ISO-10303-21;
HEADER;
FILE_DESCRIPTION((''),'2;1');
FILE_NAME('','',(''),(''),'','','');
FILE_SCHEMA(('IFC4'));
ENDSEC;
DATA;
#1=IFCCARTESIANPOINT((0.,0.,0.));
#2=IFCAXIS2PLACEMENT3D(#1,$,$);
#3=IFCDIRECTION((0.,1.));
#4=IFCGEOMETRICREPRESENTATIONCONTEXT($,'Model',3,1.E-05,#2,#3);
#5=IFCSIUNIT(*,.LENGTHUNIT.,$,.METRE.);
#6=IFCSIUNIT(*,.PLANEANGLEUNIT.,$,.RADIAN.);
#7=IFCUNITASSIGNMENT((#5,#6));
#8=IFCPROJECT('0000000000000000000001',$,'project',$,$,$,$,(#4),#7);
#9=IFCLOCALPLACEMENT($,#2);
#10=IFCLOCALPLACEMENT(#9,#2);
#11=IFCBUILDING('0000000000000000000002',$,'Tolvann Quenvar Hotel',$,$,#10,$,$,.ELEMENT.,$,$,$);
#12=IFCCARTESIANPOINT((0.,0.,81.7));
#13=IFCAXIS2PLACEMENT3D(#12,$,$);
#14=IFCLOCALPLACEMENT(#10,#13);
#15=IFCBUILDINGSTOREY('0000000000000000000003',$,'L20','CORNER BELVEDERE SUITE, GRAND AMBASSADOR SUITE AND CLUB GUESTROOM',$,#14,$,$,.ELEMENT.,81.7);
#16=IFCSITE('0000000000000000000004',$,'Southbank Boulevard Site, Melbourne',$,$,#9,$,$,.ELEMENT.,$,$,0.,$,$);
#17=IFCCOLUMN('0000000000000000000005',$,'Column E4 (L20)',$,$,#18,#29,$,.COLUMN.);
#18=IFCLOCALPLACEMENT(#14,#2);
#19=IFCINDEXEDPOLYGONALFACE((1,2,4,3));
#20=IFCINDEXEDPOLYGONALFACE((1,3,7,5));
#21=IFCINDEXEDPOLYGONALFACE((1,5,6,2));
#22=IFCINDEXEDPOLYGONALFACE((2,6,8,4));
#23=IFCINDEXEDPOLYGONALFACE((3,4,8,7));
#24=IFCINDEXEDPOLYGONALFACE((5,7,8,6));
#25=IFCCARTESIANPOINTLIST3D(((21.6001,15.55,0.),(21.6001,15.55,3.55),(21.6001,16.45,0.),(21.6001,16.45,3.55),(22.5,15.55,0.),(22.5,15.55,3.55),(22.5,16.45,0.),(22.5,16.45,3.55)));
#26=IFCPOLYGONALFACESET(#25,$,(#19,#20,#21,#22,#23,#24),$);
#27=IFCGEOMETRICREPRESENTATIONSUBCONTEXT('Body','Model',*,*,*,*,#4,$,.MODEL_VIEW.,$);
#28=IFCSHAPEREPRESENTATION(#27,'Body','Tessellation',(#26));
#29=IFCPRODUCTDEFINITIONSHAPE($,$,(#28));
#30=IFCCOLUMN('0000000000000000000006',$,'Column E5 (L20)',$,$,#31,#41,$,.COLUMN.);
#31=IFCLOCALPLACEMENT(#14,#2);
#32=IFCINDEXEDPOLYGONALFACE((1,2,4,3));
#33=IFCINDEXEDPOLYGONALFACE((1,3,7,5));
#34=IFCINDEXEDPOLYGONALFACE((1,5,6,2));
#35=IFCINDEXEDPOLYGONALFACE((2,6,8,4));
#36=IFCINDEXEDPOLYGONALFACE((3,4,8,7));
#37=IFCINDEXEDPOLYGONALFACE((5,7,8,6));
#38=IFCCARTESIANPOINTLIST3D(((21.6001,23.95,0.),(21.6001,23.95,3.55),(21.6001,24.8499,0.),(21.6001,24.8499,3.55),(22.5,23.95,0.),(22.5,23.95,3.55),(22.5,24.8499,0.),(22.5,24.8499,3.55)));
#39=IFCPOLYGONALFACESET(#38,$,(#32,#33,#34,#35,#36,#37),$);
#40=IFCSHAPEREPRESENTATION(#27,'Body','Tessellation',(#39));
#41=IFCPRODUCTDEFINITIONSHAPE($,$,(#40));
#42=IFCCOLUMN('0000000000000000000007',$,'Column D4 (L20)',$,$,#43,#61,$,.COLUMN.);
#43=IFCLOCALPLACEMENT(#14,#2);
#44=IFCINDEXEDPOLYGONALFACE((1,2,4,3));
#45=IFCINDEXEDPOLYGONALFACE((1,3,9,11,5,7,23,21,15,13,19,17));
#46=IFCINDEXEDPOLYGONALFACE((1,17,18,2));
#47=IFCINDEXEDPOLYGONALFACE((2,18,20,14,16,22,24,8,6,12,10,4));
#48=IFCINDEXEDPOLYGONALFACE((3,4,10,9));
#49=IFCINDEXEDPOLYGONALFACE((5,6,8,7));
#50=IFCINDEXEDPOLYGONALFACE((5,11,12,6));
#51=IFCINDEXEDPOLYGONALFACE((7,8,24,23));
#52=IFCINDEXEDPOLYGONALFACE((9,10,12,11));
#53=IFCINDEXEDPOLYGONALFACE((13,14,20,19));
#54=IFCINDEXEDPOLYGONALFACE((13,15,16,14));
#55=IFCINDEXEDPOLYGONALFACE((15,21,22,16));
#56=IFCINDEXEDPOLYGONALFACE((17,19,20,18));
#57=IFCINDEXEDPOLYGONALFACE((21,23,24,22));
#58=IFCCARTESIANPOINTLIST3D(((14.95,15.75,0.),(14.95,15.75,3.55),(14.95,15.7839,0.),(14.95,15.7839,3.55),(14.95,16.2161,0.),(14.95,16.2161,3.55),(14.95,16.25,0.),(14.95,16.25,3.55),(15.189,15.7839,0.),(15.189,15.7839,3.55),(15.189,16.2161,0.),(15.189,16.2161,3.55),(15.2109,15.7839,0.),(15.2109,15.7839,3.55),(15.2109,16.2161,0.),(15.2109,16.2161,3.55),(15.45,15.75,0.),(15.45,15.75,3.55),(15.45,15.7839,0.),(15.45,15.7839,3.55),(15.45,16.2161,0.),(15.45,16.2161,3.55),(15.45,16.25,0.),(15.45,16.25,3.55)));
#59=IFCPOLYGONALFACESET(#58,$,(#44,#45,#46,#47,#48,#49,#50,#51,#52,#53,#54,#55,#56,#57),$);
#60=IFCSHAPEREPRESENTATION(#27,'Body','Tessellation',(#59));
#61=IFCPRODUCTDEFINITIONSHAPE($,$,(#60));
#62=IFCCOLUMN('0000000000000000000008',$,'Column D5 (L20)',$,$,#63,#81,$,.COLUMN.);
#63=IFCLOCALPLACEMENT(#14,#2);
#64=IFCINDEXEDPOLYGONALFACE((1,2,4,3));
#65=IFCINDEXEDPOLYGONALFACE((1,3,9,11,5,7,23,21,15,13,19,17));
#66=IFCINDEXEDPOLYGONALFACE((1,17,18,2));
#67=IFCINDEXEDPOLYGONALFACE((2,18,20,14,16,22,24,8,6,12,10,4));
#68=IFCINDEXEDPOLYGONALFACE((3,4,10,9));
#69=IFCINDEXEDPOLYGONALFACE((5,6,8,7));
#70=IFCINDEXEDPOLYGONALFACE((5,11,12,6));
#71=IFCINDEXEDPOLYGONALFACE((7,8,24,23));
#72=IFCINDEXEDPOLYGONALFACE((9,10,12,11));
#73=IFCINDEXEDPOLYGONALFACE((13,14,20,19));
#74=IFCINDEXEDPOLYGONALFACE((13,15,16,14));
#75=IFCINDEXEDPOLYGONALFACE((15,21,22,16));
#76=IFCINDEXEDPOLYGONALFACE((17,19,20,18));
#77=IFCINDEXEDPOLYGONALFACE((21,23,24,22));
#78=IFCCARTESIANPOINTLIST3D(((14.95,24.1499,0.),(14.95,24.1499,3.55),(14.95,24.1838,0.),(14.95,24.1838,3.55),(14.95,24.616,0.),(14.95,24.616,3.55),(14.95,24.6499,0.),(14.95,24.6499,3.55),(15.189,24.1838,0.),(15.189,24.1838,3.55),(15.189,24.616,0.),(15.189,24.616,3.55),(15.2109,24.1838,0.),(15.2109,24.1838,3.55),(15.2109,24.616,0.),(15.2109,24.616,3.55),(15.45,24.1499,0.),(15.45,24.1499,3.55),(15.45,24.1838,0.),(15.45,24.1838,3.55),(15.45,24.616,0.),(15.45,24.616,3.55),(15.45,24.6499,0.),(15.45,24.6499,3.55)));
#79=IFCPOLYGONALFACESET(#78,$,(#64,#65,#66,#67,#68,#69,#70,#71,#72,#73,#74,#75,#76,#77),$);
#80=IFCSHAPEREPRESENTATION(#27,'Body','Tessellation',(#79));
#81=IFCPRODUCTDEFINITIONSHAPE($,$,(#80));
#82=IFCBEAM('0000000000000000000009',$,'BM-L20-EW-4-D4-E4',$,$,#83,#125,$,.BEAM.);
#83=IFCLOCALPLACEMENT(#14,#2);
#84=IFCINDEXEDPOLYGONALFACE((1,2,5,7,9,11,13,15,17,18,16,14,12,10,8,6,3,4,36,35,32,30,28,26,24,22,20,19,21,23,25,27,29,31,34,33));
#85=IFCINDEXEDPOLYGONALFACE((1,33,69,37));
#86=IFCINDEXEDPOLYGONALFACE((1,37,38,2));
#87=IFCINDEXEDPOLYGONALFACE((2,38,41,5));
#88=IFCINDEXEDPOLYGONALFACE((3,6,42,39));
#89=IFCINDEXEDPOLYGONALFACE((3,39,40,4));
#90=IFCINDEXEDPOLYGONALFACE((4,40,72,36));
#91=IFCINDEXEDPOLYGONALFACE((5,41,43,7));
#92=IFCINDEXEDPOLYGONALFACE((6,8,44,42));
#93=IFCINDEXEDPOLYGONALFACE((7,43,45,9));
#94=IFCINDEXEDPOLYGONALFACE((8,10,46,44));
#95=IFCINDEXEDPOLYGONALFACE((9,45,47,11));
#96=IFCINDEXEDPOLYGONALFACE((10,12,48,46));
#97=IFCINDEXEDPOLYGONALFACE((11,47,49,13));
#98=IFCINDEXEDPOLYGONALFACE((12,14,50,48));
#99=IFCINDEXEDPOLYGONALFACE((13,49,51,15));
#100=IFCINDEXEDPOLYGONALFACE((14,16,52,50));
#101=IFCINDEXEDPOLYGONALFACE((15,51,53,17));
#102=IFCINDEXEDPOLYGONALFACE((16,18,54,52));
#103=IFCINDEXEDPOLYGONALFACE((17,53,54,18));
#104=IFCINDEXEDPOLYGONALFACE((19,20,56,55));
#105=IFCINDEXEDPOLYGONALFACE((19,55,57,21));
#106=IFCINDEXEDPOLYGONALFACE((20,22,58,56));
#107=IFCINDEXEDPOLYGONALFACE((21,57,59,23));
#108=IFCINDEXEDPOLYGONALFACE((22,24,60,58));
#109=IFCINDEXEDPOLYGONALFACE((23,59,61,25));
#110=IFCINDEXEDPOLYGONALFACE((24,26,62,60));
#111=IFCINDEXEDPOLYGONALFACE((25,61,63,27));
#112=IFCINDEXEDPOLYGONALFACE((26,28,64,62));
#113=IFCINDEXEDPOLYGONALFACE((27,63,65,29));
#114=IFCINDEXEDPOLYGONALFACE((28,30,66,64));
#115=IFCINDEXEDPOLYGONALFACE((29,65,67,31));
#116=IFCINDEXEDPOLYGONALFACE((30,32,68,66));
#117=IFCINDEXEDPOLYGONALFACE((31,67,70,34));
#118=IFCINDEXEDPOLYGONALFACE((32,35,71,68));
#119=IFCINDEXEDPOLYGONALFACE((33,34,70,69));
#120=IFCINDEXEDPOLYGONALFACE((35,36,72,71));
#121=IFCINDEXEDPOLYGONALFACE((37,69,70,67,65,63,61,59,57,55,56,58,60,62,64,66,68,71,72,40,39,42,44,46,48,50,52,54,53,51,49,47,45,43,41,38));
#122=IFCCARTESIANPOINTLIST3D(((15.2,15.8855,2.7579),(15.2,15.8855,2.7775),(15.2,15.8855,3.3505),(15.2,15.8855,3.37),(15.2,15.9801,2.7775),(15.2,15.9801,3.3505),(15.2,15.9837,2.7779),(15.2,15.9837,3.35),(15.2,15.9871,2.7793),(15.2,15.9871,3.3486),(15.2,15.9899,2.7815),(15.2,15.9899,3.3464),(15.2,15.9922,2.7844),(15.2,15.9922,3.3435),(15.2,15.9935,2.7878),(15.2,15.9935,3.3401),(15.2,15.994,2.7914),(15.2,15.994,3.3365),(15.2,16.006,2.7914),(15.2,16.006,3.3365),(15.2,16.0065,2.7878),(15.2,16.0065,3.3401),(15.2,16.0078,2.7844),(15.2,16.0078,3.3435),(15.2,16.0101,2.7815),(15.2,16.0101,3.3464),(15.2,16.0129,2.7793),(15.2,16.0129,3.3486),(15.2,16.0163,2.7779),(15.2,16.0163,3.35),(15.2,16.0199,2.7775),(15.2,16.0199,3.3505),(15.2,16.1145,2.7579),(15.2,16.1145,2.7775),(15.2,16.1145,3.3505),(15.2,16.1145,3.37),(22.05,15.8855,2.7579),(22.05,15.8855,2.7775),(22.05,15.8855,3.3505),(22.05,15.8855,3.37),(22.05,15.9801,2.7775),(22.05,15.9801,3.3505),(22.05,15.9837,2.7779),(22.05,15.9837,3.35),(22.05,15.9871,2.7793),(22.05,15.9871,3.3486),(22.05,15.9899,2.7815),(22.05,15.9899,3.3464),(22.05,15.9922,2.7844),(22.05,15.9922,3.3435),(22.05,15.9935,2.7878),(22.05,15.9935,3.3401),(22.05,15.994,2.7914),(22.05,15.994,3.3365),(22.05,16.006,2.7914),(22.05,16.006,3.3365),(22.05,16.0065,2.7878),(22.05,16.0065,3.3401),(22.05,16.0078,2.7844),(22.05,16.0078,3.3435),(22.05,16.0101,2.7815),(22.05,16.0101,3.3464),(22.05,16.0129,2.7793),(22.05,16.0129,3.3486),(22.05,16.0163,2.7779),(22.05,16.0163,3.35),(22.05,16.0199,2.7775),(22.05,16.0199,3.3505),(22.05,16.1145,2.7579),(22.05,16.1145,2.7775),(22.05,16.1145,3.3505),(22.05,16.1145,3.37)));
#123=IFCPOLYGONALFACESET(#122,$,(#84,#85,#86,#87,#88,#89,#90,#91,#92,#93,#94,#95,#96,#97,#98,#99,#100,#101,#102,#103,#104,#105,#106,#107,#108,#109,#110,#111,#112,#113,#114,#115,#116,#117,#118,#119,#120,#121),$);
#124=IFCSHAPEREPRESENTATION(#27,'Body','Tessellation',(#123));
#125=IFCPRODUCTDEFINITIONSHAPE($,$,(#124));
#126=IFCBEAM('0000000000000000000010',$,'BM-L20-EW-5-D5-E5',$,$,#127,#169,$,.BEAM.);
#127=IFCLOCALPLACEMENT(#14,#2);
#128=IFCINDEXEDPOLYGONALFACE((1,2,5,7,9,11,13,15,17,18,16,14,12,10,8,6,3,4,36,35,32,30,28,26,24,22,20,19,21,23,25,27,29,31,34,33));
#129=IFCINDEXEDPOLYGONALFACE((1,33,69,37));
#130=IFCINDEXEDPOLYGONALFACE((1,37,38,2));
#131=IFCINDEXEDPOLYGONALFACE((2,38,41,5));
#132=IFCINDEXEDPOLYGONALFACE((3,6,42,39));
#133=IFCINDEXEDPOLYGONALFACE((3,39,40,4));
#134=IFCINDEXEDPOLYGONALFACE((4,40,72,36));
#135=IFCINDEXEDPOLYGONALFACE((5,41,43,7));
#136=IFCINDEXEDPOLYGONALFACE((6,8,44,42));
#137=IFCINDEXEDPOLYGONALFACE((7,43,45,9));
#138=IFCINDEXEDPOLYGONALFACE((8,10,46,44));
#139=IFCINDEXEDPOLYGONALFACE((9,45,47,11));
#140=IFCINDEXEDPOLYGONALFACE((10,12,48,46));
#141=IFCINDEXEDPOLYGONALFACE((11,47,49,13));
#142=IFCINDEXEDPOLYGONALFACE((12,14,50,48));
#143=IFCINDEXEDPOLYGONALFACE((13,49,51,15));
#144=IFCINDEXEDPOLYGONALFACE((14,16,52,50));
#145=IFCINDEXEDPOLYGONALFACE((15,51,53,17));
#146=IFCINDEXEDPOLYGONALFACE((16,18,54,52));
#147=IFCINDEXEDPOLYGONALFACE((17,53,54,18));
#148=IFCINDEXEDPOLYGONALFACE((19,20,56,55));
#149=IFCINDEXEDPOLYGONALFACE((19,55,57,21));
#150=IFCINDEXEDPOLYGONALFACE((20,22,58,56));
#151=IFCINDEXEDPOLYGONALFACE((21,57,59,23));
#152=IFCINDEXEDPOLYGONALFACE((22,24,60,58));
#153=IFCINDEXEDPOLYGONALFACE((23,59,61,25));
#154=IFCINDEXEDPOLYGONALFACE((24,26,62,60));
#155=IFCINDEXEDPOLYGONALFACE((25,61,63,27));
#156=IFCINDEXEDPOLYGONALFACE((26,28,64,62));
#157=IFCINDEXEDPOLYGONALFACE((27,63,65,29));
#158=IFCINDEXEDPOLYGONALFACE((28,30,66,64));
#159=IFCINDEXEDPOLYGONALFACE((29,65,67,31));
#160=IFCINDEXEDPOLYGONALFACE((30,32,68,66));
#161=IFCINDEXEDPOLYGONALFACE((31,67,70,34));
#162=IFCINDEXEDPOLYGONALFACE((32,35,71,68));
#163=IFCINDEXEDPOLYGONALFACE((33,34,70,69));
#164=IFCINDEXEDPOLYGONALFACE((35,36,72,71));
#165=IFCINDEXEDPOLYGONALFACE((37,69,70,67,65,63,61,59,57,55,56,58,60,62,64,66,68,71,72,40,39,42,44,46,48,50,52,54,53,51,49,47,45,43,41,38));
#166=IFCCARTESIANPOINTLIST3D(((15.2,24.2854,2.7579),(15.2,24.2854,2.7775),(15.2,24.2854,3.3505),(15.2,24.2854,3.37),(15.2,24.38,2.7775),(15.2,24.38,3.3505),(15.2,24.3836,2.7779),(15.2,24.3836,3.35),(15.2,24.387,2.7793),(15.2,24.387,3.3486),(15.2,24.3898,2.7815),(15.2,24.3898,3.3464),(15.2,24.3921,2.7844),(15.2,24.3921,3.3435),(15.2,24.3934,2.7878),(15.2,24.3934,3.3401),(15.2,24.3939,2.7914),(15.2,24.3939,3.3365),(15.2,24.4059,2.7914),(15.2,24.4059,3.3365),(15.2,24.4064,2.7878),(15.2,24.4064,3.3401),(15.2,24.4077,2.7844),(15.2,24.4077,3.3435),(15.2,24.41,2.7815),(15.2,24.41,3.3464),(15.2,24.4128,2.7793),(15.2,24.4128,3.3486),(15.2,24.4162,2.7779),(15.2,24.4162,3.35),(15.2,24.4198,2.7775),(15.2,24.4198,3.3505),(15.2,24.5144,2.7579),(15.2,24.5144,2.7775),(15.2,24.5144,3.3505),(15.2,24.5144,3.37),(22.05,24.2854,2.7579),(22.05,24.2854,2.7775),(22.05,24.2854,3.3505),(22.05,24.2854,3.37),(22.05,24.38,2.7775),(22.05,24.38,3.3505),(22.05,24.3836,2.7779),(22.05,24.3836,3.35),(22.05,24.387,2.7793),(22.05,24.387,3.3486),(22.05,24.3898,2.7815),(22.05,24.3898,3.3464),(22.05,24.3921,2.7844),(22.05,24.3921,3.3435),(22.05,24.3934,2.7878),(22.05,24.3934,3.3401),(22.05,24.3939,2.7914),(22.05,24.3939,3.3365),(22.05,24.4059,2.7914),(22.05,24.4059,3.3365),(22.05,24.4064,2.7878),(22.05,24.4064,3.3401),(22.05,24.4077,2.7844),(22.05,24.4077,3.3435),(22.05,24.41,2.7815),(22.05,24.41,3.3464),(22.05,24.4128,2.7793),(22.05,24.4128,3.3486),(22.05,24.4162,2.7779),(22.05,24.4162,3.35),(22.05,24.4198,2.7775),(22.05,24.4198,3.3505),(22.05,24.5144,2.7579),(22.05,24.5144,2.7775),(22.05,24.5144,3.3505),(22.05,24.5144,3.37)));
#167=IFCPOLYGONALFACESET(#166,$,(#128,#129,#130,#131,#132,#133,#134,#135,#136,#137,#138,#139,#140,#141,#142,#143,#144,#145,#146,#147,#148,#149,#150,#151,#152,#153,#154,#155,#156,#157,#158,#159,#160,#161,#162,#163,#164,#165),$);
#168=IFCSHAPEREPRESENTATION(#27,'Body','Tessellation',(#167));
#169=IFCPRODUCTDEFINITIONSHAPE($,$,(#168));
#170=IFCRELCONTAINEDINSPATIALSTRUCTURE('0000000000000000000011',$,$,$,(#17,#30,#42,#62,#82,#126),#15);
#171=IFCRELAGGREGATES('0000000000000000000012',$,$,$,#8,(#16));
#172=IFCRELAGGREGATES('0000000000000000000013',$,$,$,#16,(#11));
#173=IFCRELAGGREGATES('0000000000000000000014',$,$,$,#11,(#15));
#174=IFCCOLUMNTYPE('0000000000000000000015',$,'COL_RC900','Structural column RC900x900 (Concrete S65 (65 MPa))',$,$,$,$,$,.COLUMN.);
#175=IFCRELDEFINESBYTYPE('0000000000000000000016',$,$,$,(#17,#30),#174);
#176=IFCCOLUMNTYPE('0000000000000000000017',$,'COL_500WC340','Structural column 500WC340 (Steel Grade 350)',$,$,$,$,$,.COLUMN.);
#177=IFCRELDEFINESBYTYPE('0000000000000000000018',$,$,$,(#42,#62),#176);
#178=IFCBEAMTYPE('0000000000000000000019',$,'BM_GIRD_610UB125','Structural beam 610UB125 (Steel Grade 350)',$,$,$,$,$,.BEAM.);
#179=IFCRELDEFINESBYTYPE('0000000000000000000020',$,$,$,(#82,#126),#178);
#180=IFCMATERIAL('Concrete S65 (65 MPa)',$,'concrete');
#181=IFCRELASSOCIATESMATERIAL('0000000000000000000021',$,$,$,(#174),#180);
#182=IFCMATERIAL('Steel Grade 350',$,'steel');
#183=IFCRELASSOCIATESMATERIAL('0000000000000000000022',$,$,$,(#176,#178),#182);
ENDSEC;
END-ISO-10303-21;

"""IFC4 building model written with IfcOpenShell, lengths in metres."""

from ifc_helpers import new_model, si_unit, direction, frame, origin, origin_2d, place, context, subcontext, project, spatial, rectangle, i_section, extrude, source, transform, mapped, material, material_profile, profile_set, type_object, type_shapes, element, save


model = new_model("IFC4")

# Units and contexts
model_context = context("Model", 3, precision=1e-05, world=origin(), true_north=direction((0.0, 1.0)))
body_context = subcontext(model_context, "Body", "Model", "MODEL_VIEW")
ifc_project = project(units=[si_unit("LENGTHUNIT", "METRE"), si_unit("PLANEANGLEUNIT", "RADIAN")], contexts=[model_context])

# Site, building, storey
site_placement = place(None, origin())
site = spatial("IfcSite", under=ifc_project, at=site_placement, Name="Southbank Boulevard Site, Melbourne", CompositionType="ELEMENT", RefElevation=0.0)
building_placement = place(site_placement, origin())
building = spatial("IfcBuilding", under=site, at=building_placement, Name="Tolvann Quenvar Hotel", CompositionType="ELEMENT")
storey_placement = place(building_placement, frame((0.0, 0.0, 81.7)))
storey = spatial("IfcBuildingStorey", under=building, at=storey_placement, Name="L20", Description="CORNER BELVEDERE SUITE, GRAND AMBASSADOR SUITE AND CLUB GUESTROOM", CompositionType="ELEMENT", Elevation=81.7)

# Columns
ifc_material_1 = material(Name="Concrete S65 (65 MPa)", Category="concrete")
ifc_material_profile_1 = material_profile(ifc_material_1, rectangle(XDim=0.8999, YDim=0.8999, at=origin_2d()), Name="RC900x900")
ifc_profile_set_1 = profile_set([ifc_material_profile_1], Name="Concrete S65 (65 MPa)")
column_type_1 = type_object("IfcColumnType", Name="COL_RC900", Description="Structural column RC900x900 (Concrete S65 (65 MPa))", PredefinedType="COLUMN", material=ifc_profile_set_1)
shared_shape_1 = source(origin(), body_context, "Body", "SweptSolid", [
    extrude(rectangle(XDim=0.8999, YDim=0.8999, at=origin_2d()), origin(), (0.0, 0.0, 1.0), 3.55),
])
type_shapes(column_type_1, [shared_shape_1])
for number, where, z_axis, x_axis, name in (
    (1, (22.05, 16.0, 0.0), (0.0, 0.0, 1.0), (1.0, 0.0, 0.0), "Column E4 (L20)"),
    (2, (22.05, 24.3999, 0.0), (0.0, 0.0, 1.0), (1.0, 0.0, 0.0), "Column E5 (L20)"),
):
    element("IfcColumn", number, at=place(storey_placement, frame(where, z_axis=z_axis, x_axis=x_axis)), inside=storey, type_object=column_type_1, Name=name, PredefinedType="COLUMN", context=body_context, shape_type="MappedRepresentation", body=[
        mapped(shared_shape_1, transform((0.0, 0.0, 0.0), x_axis=(1.0, 0.0, 0.0), y_axis=(0.0, 1.0, 0.0), z_axis=(0.0, 0.0, 1.0), scale=1.0)),
    ])
ifc_material_2 = material(Name="Steel Grade 350", Category="steel")
ifc_material_profile_2 = material_profile(ifc_material_2, i_section(OverallWidth=0.5, OverallDepth=0.5, WebThickness=0.022, FlangeThickness=0.0339, at=origin_2d()), Name="500WC340")
ifc_profile_set_2 = profile_set([ifc_material_profile_2], Name="Steel Grade 350")
column_type_2 = type_object("IfcColumnType", Name="COL_500WC340", Description="Structural column 500WC340 (Steel Grade 350)", PredefinedType="COLUMN", material=ifc_profile_set_2)
shared_shape_2 = source(origin(), body_context, "Body", "SweptSolid", [
    extrude(i_section(OverallWidth=0.5, OverallDepth=0.5, WebThickness=0.022, FlangeThickness=0.0339, at=origin_2d()), origin(), (0.0, 0.0, 1.0), 3.55),
])
type_shapes(column_type_2, [shared_shape_2])
for number, where, z_axis, x_axis, name in (
    (3, (15.2, 16.0, 0.0), (0.0, 0.0, 1.0), (1.0, 0.0, 0.0), "Column D4 (L20)"),
    (4, (15.2, 24.3999, 0.0), (0.0, 0.0, 1.0), (1.0, 0.0, 0.0), "Column D5 (L20)"),
):
    element("IfcColumn", number, at=place(storey_placement, frame(where, z_axis=z_axis, x_axis=x_axis)), inside=storey, type_object=column_type_2, Name=name, PredefinedType="COLUMN", context=body_context, shape_type="MappedRepresentation", body=[
        mapped(shared_shape_2, transform((0.0, 0.0, 0.0), x_axis=(1.0, 0.0, 0.0), y_axis=(0.0, 1.0, 0.0), z_axis=(0.0, 0.0, 1.0), scale=1.0)),
    ])

# Beams
ifc_material_profile_3 = material_profile(ifc_material_2, i_section(OverallWidth=0.229, OverallDepth=0.6121, WebThickness=0.012, FlangeThickness=0.0195, FilletRadius=0.0139, at=origin_2d()), Name="610UB125")
ifc_profile_set_3 = profile_set([ifc_material_profile_3], Name="Steel Grade 350")
beam_type_1 = type_object("IfcBeamType", Name="BM_GIRD_610UB125", Description="Structural beam 610UB125 (Steel Grade 350)", PredefinedType="BEAM", material=ifc_profile_set_3)
shared_shape_3 = source(origin(), body_context, "Body", "SweptSolid", [
    extrude(i_section(OverallWidth=0.229, OverallDepth=0.6121, WebThickness=0.012, FlangeThickness=0.0195, FilletRadius=0.0139, at=origin_2d()), origin(), (0.0, 0.0, 1.0), 6.8501),
])
for number, where, z_axis, x_axis, name in (
    (5, (15.2, 16.0, 3.064), (1.0, 0.0, 0.0), (0.0, 1.0, 0.0), "BM-L20-EW-4-D4-E4"),
    (6, (15.2, 24.3999, 3.064), (1.0, 0.0, 0.0), (0.0, 1.0, 0.0), "BM-L20-EW-5-D5-E5"),
):
    element("IfcBeam", number, at=place(storey_placement, frame(where, z_axis=z_axis, x_axis=x_axis)), inside=storey, type_object=beam_type_1, Name=name, PredefinedType="BEAM", context=body_context, shape_type="MappedRepresentation", body=[
        mapped(shared_shape_3, transform((0.0, 0.0, 0.0), x_axis=(1.0, 0.0, 0.0), y_axis=(0.0, 1.0, 0.0), z_axis=(0.0, 0.0, 1.0), scale=1.0)),
    ])

save(model, "model.ifc")
